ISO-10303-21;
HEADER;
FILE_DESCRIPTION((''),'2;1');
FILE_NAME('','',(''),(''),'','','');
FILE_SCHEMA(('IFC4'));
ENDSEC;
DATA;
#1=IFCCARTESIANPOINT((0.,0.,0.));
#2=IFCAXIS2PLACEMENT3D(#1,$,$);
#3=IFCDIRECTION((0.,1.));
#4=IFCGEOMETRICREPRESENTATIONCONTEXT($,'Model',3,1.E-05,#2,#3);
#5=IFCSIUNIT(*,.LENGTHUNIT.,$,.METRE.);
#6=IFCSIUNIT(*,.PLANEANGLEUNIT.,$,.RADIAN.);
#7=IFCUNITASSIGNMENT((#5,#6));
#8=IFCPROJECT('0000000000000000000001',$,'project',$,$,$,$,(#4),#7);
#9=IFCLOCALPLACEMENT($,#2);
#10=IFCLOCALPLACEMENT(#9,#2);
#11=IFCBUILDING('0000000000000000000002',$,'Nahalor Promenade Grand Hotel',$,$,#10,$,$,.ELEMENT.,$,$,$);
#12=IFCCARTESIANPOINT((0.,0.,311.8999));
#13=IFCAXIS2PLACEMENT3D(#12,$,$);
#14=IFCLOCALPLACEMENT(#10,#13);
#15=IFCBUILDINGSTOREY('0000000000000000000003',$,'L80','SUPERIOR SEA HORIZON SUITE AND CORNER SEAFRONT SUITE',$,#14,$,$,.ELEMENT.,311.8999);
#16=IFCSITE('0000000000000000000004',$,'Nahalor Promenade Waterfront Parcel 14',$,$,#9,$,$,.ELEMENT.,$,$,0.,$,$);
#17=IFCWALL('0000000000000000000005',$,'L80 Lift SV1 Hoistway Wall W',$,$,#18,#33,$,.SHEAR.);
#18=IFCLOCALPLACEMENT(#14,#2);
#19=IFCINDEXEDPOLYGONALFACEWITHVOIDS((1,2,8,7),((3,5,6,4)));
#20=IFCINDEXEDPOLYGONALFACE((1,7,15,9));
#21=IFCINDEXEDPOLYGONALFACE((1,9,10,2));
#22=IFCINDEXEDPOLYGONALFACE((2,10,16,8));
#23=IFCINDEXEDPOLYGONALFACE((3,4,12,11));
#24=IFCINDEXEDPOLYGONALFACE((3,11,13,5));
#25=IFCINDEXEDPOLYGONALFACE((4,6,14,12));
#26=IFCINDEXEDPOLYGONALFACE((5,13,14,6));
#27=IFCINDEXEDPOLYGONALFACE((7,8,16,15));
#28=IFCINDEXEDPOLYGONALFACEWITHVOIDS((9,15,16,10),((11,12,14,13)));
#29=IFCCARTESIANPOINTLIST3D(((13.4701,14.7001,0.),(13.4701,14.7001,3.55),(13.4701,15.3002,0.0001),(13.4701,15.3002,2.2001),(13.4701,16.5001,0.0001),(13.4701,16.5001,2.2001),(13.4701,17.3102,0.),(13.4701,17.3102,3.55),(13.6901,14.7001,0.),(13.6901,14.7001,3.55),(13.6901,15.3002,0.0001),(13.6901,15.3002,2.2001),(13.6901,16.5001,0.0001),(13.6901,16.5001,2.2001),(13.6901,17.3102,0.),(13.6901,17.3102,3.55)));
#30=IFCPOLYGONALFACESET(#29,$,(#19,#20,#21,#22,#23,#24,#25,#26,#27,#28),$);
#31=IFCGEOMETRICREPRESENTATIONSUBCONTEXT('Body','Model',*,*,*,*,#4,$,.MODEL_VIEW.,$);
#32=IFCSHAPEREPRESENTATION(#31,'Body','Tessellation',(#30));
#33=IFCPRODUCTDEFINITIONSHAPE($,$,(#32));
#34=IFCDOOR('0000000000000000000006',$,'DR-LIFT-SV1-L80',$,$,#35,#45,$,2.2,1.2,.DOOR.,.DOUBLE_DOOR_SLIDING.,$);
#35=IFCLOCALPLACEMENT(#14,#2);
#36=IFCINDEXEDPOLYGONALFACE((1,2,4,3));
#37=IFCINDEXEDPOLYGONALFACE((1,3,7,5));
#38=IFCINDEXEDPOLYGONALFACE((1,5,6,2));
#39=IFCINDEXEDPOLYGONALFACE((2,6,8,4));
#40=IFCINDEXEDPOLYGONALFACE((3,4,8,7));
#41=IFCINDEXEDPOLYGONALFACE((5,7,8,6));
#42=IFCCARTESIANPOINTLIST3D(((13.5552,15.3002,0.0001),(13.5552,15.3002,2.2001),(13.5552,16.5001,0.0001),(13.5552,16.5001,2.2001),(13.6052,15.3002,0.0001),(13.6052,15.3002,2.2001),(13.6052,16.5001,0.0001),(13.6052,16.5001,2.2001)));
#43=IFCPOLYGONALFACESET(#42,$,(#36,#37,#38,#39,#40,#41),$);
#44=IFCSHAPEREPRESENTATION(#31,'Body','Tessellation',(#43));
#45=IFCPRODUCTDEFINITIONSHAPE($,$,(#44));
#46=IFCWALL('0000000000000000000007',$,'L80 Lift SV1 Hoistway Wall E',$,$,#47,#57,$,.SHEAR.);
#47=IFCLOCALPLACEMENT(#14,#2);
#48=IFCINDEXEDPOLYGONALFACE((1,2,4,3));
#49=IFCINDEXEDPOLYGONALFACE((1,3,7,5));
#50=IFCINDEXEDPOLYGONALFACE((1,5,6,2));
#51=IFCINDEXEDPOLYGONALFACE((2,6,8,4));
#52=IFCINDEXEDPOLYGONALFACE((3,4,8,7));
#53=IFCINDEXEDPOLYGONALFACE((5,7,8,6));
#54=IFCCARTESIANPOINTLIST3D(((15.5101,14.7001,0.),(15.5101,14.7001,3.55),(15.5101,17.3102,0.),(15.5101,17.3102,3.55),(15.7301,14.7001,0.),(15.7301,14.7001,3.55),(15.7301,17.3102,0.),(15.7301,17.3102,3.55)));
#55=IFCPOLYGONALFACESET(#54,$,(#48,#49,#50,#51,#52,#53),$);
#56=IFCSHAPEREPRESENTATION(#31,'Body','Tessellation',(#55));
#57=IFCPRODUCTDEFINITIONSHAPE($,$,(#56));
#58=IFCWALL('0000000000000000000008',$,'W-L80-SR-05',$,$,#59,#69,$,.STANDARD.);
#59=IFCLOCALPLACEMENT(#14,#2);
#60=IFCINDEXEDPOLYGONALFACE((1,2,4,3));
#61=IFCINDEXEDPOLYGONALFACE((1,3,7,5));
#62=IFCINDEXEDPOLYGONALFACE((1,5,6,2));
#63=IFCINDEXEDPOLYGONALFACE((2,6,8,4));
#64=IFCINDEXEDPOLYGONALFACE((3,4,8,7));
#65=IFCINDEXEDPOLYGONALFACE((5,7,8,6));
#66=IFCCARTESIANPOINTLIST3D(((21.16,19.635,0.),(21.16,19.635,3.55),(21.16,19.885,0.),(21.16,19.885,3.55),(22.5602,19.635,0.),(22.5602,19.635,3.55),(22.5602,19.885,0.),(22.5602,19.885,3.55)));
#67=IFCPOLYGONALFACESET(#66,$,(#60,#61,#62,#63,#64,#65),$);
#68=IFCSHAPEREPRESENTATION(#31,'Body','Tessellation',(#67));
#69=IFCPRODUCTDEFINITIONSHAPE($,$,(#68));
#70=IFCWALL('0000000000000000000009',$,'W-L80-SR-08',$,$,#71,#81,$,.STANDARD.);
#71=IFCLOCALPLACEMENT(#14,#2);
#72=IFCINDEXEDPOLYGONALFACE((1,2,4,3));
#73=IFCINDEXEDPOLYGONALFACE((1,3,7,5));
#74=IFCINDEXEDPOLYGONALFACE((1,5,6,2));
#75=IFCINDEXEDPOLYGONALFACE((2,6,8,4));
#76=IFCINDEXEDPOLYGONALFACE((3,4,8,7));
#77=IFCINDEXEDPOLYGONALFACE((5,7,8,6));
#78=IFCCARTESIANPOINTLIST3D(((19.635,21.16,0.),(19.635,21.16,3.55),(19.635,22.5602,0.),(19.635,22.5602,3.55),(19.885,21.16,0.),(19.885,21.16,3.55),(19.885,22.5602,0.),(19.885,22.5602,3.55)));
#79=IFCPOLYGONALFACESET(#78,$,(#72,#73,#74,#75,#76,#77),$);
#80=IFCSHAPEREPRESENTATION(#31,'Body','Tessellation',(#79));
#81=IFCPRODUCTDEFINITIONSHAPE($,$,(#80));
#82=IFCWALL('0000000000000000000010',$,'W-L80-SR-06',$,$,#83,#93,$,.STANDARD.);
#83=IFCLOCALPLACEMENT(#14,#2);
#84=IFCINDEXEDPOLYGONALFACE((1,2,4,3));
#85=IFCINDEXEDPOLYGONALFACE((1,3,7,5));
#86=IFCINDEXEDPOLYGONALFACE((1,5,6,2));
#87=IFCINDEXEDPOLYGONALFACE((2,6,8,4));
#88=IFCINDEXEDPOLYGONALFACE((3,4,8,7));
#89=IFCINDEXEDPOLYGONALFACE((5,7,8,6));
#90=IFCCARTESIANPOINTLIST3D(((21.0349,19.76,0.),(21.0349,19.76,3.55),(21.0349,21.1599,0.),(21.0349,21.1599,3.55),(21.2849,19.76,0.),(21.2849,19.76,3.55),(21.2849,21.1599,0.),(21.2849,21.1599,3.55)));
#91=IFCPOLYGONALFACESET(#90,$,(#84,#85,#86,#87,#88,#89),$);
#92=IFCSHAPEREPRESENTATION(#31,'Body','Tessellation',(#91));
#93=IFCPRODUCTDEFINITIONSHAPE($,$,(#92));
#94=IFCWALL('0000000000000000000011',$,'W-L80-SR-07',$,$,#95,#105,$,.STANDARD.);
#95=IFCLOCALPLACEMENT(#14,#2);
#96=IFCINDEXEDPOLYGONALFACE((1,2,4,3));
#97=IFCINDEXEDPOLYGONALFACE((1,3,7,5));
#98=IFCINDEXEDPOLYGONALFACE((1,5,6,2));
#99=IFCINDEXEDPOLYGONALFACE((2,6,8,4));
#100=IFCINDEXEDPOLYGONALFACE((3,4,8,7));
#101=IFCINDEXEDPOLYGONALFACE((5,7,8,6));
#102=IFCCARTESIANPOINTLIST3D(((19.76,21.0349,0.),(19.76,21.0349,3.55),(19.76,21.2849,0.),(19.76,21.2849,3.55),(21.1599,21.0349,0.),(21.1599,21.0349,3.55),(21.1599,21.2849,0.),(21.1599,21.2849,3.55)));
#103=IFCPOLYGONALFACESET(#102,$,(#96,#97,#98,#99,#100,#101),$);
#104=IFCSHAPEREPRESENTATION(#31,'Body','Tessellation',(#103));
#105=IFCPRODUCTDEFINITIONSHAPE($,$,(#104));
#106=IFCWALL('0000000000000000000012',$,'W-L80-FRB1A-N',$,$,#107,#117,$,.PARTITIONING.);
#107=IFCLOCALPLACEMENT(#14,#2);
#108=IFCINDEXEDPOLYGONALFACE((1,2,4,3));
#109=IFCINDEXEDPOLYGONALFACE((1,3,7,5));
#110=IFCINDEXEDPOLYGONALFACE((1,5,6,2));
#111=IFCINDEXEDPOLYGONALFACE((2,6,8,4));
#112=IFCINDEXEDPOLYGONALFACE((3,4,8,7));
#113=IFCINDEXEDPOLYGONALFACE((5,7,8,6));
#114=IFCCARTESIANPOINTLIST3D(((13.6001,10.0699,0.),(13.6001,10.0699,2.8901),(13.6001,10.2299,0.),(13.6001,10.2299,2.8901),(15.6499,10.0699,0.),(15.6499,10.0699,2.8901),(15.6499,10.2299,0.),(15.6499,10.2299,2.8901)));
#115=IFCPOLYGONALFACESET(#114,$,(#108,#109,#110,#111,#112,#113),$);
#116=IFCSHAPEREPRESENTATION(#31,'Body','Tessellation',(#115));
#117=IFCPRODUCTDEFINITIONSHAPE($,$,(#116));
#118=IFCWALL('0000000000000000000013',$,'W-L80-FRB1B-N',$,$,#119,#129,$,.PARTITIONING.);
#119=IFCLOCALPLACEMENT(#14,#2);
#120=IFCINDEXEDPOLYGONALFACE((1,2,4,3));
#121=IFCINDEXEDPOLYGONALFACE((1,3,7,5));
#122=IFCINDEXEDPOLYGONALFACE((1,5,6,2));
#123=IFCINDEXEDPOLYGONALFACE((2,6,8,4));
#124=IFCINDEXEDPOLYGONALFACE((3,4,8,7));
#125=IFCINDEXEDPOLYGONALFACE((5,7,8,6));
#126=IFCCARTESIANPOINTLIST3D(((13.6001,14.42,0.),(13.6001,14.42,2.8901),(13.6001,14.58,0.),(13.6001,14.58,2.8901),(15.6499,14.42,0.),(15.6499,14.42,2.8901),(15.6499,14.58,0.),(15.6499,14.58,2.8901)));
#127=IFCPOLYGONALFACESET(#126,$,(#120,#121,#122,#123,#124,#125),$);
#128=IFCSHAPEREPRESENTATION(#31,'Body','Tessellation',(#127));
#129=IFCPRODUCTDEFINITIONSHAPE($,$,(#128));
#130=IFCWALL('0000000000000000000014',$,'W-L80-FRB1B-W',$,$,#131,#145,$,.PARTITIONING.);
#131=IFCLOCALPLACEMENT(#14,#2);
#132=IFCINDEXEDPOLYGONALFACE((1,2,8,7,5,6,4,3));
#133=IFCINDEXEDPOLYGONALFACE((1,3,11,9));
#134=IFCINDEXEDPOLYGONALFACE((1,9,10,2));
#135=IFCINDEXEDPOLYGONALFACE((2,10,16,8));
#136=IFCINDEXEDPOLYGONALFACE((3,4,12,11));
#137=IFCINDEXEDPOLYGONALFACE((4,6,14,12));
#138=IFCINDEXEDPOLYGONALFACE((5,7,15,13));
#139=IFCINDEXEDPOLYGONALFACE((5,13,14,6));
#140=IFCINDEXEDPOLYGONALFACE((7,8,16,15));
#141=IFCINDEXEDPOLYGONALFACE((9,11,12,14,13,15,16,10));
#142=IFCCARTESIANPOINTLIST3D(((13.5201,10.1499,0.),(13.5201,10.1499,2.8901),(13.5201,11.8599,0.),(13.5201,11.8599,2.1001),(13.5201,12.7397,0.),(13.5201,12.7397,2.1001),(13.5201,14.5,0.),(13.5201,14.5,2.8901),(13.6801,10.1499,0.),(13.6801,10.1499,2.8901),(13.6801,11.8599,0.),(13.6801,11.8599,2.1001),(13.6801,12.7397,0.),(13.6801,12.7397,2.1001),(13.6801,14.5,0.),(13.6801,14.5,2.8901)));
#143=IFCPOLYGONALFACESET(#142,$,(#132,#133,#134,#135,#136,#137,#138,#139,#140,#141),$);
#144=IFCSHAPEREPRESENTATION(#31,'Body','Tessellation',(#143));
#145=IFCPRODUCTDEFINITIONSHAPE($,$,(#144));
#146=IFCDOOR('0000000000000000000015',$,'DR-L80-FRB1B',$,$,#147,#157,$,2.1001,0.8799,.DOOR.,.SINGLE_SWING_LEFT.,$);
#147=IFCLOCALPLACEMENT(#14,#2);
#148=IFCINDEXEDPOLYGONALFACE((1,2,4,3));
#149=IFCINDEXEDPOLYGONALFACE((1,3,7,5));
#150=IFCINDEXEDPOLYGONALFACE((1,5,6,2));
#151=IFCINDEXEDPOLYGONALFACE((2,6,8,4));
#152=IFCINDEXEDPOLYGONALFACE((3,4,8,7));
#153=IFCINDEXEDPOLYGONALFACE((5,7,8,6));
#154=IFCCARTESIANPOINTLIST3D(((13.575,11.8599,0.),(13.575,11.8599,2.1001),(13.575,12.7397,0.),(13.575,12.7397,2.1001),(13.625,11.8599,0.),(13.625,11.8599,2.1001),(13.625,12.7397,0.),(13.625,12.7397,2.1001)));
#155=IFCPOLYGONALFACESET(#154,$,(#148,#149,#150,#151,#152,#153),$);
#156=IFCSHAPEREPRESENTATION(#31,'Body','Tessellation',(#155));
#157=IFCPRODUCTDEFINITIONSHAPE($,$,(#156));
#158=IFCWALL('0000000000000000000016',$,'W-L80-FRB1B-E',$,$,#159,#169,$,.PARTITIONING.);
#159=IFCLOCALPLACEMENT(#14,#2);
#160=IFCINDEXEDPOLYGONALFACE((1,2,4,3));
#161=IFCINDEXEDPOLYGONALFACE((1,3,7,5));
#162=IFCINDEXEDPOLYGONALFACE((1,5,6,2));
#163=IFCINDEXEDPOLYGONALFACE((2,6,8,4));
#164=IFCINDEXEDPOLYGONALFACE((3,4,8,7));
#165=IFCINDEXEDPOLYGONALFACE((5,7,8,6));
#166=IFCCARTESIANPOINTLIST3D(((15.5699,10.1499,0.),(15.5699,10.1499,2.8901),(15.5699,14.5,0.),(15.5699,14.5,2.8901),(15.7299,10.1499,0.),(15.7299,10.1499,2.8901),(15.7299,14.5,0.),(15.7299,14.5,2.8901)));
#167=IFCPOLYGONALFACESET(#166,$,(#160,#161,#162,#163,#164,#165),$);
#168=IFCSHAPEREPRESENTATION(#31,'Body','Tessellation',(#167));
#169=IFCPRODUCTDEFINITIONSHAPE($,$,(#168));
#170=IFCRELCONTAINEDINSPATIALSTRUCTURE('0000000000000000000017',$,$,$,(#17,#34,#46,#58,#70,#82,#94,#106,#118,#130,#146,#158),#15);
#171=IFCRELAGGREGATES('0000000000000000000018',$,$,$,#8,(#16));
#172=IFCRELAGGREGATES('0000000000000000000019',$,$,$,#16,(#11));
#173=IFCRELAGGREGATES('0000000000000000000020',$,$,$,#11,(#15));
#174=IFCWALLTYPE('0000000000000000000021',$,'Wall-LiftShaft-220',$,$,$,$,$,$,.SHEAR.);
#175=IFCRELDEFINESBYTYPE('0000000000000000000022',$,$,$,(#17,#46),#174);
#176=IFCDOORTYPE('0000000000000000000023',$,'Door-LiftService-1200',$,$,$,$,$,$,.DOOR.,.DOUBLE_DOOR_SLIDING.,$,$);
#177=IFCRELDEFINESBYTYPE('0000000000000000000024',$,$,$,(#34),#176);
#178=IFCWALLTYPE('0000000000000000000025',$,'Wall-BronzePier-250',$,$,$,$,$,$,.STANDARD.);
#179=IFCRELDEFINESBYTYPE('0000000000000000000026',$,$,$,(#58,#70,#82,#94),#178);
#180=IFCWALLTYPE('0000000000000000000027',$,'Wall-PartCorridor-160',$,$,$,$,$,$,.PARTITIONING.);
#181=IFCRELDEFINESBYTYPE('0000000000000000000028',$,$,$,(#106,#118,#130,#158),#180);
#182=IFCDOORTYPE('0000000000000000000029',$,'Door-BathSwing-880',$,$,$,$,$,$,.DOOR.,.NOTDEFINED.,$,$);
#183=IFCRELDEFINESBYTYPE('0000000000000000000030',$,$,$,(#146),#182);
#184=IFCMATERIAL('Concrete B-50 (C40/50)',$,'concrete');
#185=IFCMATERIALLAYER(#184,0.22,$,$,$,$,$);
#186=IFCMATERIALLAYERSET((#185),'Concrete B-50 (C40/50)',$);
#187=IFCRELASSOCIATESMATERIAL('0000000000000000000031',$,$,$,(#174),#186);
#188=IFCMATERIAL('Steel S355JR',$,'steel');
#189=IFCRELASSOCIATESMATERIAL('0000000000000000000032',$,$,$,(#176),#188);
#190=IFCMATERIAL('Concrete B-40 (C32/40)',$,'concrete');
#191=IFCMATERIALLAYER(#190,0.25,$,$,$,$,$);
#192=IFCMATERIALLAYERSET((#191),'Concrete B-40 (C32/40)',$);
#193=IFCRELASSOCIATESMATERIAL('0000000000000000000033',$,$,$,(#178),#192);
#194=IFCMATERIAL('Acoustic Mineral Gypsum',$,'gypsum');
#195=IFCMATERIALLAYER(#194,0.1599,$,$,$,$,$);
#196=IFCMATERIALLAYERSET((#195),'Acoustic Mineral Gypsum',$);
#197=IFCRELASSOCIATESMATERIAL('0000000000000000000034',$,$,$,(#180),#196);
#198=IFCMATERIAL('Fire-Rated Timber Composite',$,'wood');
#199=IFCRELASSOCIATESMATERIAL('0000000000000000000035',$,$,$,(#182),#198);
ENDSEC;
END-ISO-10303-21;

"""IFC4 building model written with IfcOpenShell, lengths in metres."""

from ifc_helpers import new_model, si_unit, direction, frame, frame_2d, origin, place, context, subcontext, project, spatial, rectangle, extrude, source, transform, mapped, material, layer, layer_set, type_object, element, fill, save


model = new_model("IFC4")

# Units and contexts
model_context = context("Model", 3, precision=1e-05, world=origin(), true_north=direction((0.0, 1.0)))
body_context = subcontext(model_context, "Body", "Model", "MODEL_VIEW")
ifc_project = project(units=[si_unit("LENGTHUNIT", "METRE"), si_unit("PLANEANGLEUNIT", "RADIAN")], contexts=[model_context])

# Site, building, storey
site_placement = place(None, origin())
site = spatial("IfcSite", under=ifc_project, at=site_placement, Name="Nahalor Promenade Waterfront Parcel 14", CompositionType="ELEMENT", RefElevation=0.0)
building_placement = place(site_placement, origin())
building = spatial("IfcBuilding", under=site, at=building_placement, Name="Nahalor Promenade Grand Hotel", CompositionType="ELEMENT")
storey_placement = place(building_placement, frame((0.0, 0.0, 311.8999)))
storey = spatial("IfcBuildingStorey", under=building, at=storey_placement, Name="L80", Description="SUPERIOR SEA HORIZON SUITE AND CORNER SEAFRONT SUITE", CompositionType="ELEMENT", Elevation=311.8999)

# Shared definitions
ifc_material_1 = material(Name="Concrete B-50 (C40/50)", Category="concrete")
ifc_material_2 = material(Name="Steel S355JR", Category="steel")

# Shared definitions
ifc_layer_1 = layer(ifc_material_1, 0.22)
ifc_layer_set_1 = layer_set([ifc_layer_1], Name="Concrete B-50 (C40/50)")
wall_type_1 = type_object("IfcWallType", Name="Wall-LiftShaft-220", PredefinedType="SHEAR", material=ifc_layer_set_1)

# Wall, opening, door
shared_shape_1 = source(origin(), body_context, "Body", "SweptSolid", [
    extrude(rectangle(XDim=2.6101, YDim=0.22, at=frame_2d((1.3052, 0.0))), origin(), (0.0, 0.0, 1.0), 3.55),
])
wall_1_placement = place(storey_placement, frame((13.5801, 14.7, 0.0), z_axis=(0.0, 0.0, 1.0), x_axis=(0.0, 1.0, 0.0)))
wall_1 = element("IfcWall", 1, at=wall_1_placement, inside=storey, type_object=wall_type_1, Name="L80 Lift SV1 Hoistway Wall W", PredefinedType="SHEAR", context=body_context, shape_type="MappedRepresentation", body=[
    mapped(shared_shape_1, transform((0.0, 0.0, 0.0), scale=1.0)),
])
opening_1_placement = place(wall_1_placement, frame((0.6001, 0.0, 0.0)))
opening_1 = element("IfcOpeningElement", 2, at=opening_1_placement, cuts=wall_1, PredefinedType="OPENING", context=body_context, shape_type="SweptSolid", body=[
    extrude(rectangle(XDim=1.2, YDim=2.2, at=frame_2d((0.6001, 1.1001))), frame((0.0, 0.1199, 0.0), z_axis=(0.0, -1.0, 0.0), x_axis=(1.0, 0.0, 0.0)), (0.0, 0.0, 1.0), 0.24),
])
door_type_1 = type_object("IfcDoorType", Name="Door-LiftService-1200", OperationType="DOUBLE_DOOR_SLIDING", PredefinedType="DOOR", material=ifc_material_2)
shared_shape_2 = source(origin(), body_context, "Body", "SweptSolid", [
    extrude(rectangle(XDim=1.2, YDim=2.2, at=frame_2d((0.6001, 1.1001))), frame((0.0, 0.0249, 0.0), z_axis=(0.0, -1.0, 0.0), x_axis=(1.0, 0.0, 0.0)), (0.0, 0.0, 1.0), 0.05),
])
door_1_placement = place(opening_1_placement, origin())
door_1 = element("IfcDoor", 3, at=door_1_placement, inside=storey, type_object=door_type_1, Name="DR-LIFT-SV1-L80", OperationType="DOUBLE_DOOR_SLIDING", OverallHeight=2.2, OverallWidth=1.2, PredefinedType="DOOR", context=body_context, shape_type="MappedRepresentation", body=[
    mapped(shared_shape_2, transform((0.0, 0.0, 0.0), scale=1.0)),
])
fill(opening_1, door_1)

# Walls
wall_2_placement = place(storey_placement, frame((15.6201, 14.7, 0.0), z_axis=(0.0, 0.0, 1.0), x_axis=(0.0, 1.0, 0.0)))
element("IfcWall", 4, at=wall_2_placement, inside=storey, type_object=wall_type_1, Name="L80 Lift SV1 Hoistway Wall E", PredefinedType="SHEAR", context=body_context, shape_type="MappedRepresentation", body=[
    mapped(shared_shape_1, transform((0.0, 0.0, 0.0), scale=1.0)),
])
ifc_material_3 = material(Name="Concrete B-40 (C32/40)", Category="concrete")
ifc_layer_2 = layer(ifc_material_3, 0.25)
ifc_layer_set_2 = layer_set([ifc_layer_2], Name="Concrete B-40 (C32/40)")
wall_type_2 = type_object("IfcWallType", Name="Wall-BronzePier-250", PredefinedType="STANDARD", material=ifc_layer_set_2)
shared_shape_3 = source(origin(), body_context, "Body", "SweptSolid", [
    extrude(rectangle(XDim=1.4001, YDim=0.25, at=frame_2d((0.7002, 0.0))), origin(), (0.0, 0.0, 1.0), 3.55),
])
for number, where, z_axis, x_axis, name in (
    (5, (21.1599, 19.76, 0.0), (0.0, 0.0, 1.0), (1.0, 0.0, 0.0), "W-L80-SR-05"),
    (6, (19.76, 21.1599, 0.0), (0.0, 0.0, 1.0), (0.0, 1.0, 0.0), "W-L80-SR-08"),
):
    element("IfcWall", number, at=place(storey_placement, frame(where, z_axis=z_axis, x_axis=x_axis)), inside=storey, type_object=wall_type_2, Name=name, PredefinedType="STANDARD", context=body_context, shape_type="MappedRepresentation", body=[
        mapped(shared_shape_3, transform((0.0, 0.0, 0.0), scale=1.0)),
    ])
shared_shape_4 = source(origin(), body_context, "Body", "SweptSolid", [
    extrude(rectangle(XDim=1.3999, YDim=0.25, at=frame_2d((0.7, 0.0))), origin(), (0.0, 0.0, 1.0), 3.55),
])
for number, where, z_axis, x_axis, name in (
    (7, (21.1599, 19.76, 0.0), (0.0, 0.0, 1.0), (0.0, 1.0, 0.0), "W-L80-SR-06"),
    (8, (19.76, 21.1599, 0.0), (0.0, 0.0, 1.0), (1.0, 0.0, 0.0), "W-L80-SR-07"),
):
    element("IfcWall", number, at=place(storey_placement, frame(where, z_axis=z_axis, x_axis=x_axis)), inside=storey, type_object=wall_type_2, Name=name, PredefinedType="STANDARD", context=body_context, shape_type="MappedRepresentation", body=[
        mapped(shared_shape_4, transform((0.0, 0.0, 0.0), scale=1.0)),
    ])
ifc_material_4 = material(Name="Acoustic Mineral Gypsum", Category="gypsum")
ifc_layer_3 = layer(ifc_material_4, 0.1599)
ifc_layer_set_3 = layer_set([ifc_layer_3], Name="Acoustic Mineral Gypsum")
wall_type_3 = type_object("IfcWallType", Name="Wall-PartCorridor-160", PredefinedType="PARTITIONING", material=ifc_layer_set_3)
shared_shape_5 = source(origin(), body_context, "Body", "SweptSolid", [
    extrude(rectangle(XDim=2.0498, YDim=0.1599, at=frame_2d((1.0249, 0.0))), origin(), (0.0, 0.0, 1.0), 2.8901),
])
for number, where, z_axis, x_axis, name in (
    (9, (13.6001, 10.1499, 0.0), (0.0, 0.0, 1.0), (1.0, 0.0, 0.0), "W-L80-FRB1A-N"),
    (10, (13.6001, 14.5, 0.0), (0.0, 0.0, 1.0), (1.0, 0.0, 0.0), "W-L80-FRB1B-N"),
):
    element("IfcWall", number, at=place(storey_placement, frame(where, z_axis=z_axis, x_axis=x_axis)), inside=storey, type_object=wall_type_3, Name=name, PredefinedType="PARTITIONING", context=body_context, shape_type="MappedRepresentation", body=[
        mapped(shared_shape_5, transform((0.0, 0.0, 0.0), scale=1.0)),
    ])

# Wall, opening, door
shared_shape_6 = source(origin(), body_context, "Body", "SweptSolid", [
    extrude(rectangle(XDim=4.3501, YDim=0.1599, at=frame_2d((2.175, 0.0))), origin(), (0.0, 0.0, 1.0), 2.8901),
])
wall_3_placement = place(storey_placement, frame((13.6001, 10.1499, 0.0), z_axis=(0.0, 0.0, 1.0), x_axis=(0.0, 1.0, 0.0)))
wall_3 = element("IfcWall", 11, at=wall_3_placement, inside=storey, type_object=wall_type_3, Name="W-L80-FRB1B-W", PredefinedType="PARTITIONING", context=body_context, shape_type="MappedRepresentation", body=[
    mapped(shared_shape_6, transform((0.0, 0.0, 0.0), scale=1.0)),
])
opening_2_placement = place(wall_3_placement, frame((1.71, 0.0, 0.0)))
opening_2 = element("IfcOpeningElement", 12, at=opening_2_placement, cuts=wall_3, PredefinedType="OPENING", context=body_context, shape_type="SweptSolid", body=[
    extrude(rectangle(XDim=0.8799, YDim=2.1001, at=frame_2d((0.4399, 1.05))), frame((0.0, 0.0898, 0.0), z_axis=(0.0, -1.0, 0.0), x_axis=(1.0, 0.0, 0.0)), (0.0, 0.0, 1.0), 0.1799),
])
ifc_material_5 = material(Name="Fire-Rated Timber Composite", Category="wood")
door_type_2 = type_object("IfcDoorType", Name="Door-BathSwing-880", OperationType="NOTDEFINED", PredefinedType="DOOR", material=ifc_material_5)
shared_shape_7 = source(origin(), body_context, "Body", "SweptSolid", [
    extrude(rectangle(XDim=0.8799, YDim=2.1001, at=frame_2d((0.4399, 1.05))), frame((0.0, 0.0249, 0.0), z_axis=(0.0, -1.0, 0.0), x_axis=(1.0, 0.0, 0.0)), (0.0, 0.0, 1.0), 0.05),
])
door_2_placement = place(opening_2_placement, frame((0.8799, 0.0, 0.0), z_axis=(0.0, 0.0, 1.0), x_axis=(-1.0, 0.0, 0.0)))
door_2 = element("IfcDoor", 13, at=door_2_placement, inside=storey, type_object=door_type_2, Name="DR-L80-FRB1B", OperationType="SINGLE_SWING_LEFT", OverallHeight=2.1001, OverallWidth=0.8799, PredefinedType="DOOR", context=body_context, shape_type="MappedRepresentation", body=[
    mapped(shared_shape_7, transform((0.0, 0.0, 0.0), scale=1.0)),
])
fill(opening_2, door_2)

# Wall
wall_4_placement = place(storey_placement, frame((15.6499, 10.1499, 0.0), z_axis=(0.0, 0.0, 1.0), x_axis=(0.0, 1.0, 0.0)))
element("IfcWall", 14, at=wall_4_placement, inside=storey, type_object=wall_type_3, Name="W-L80-FRB1B-E", PredefinedType="PARTITIONING", context=body_context, shape_type="MappedRepresentation", body=[
    mapped(shared_shape_6, transform((0.0, 0.0, 0.0), scale=1.0)),
])

save(model, "model.ifc")
